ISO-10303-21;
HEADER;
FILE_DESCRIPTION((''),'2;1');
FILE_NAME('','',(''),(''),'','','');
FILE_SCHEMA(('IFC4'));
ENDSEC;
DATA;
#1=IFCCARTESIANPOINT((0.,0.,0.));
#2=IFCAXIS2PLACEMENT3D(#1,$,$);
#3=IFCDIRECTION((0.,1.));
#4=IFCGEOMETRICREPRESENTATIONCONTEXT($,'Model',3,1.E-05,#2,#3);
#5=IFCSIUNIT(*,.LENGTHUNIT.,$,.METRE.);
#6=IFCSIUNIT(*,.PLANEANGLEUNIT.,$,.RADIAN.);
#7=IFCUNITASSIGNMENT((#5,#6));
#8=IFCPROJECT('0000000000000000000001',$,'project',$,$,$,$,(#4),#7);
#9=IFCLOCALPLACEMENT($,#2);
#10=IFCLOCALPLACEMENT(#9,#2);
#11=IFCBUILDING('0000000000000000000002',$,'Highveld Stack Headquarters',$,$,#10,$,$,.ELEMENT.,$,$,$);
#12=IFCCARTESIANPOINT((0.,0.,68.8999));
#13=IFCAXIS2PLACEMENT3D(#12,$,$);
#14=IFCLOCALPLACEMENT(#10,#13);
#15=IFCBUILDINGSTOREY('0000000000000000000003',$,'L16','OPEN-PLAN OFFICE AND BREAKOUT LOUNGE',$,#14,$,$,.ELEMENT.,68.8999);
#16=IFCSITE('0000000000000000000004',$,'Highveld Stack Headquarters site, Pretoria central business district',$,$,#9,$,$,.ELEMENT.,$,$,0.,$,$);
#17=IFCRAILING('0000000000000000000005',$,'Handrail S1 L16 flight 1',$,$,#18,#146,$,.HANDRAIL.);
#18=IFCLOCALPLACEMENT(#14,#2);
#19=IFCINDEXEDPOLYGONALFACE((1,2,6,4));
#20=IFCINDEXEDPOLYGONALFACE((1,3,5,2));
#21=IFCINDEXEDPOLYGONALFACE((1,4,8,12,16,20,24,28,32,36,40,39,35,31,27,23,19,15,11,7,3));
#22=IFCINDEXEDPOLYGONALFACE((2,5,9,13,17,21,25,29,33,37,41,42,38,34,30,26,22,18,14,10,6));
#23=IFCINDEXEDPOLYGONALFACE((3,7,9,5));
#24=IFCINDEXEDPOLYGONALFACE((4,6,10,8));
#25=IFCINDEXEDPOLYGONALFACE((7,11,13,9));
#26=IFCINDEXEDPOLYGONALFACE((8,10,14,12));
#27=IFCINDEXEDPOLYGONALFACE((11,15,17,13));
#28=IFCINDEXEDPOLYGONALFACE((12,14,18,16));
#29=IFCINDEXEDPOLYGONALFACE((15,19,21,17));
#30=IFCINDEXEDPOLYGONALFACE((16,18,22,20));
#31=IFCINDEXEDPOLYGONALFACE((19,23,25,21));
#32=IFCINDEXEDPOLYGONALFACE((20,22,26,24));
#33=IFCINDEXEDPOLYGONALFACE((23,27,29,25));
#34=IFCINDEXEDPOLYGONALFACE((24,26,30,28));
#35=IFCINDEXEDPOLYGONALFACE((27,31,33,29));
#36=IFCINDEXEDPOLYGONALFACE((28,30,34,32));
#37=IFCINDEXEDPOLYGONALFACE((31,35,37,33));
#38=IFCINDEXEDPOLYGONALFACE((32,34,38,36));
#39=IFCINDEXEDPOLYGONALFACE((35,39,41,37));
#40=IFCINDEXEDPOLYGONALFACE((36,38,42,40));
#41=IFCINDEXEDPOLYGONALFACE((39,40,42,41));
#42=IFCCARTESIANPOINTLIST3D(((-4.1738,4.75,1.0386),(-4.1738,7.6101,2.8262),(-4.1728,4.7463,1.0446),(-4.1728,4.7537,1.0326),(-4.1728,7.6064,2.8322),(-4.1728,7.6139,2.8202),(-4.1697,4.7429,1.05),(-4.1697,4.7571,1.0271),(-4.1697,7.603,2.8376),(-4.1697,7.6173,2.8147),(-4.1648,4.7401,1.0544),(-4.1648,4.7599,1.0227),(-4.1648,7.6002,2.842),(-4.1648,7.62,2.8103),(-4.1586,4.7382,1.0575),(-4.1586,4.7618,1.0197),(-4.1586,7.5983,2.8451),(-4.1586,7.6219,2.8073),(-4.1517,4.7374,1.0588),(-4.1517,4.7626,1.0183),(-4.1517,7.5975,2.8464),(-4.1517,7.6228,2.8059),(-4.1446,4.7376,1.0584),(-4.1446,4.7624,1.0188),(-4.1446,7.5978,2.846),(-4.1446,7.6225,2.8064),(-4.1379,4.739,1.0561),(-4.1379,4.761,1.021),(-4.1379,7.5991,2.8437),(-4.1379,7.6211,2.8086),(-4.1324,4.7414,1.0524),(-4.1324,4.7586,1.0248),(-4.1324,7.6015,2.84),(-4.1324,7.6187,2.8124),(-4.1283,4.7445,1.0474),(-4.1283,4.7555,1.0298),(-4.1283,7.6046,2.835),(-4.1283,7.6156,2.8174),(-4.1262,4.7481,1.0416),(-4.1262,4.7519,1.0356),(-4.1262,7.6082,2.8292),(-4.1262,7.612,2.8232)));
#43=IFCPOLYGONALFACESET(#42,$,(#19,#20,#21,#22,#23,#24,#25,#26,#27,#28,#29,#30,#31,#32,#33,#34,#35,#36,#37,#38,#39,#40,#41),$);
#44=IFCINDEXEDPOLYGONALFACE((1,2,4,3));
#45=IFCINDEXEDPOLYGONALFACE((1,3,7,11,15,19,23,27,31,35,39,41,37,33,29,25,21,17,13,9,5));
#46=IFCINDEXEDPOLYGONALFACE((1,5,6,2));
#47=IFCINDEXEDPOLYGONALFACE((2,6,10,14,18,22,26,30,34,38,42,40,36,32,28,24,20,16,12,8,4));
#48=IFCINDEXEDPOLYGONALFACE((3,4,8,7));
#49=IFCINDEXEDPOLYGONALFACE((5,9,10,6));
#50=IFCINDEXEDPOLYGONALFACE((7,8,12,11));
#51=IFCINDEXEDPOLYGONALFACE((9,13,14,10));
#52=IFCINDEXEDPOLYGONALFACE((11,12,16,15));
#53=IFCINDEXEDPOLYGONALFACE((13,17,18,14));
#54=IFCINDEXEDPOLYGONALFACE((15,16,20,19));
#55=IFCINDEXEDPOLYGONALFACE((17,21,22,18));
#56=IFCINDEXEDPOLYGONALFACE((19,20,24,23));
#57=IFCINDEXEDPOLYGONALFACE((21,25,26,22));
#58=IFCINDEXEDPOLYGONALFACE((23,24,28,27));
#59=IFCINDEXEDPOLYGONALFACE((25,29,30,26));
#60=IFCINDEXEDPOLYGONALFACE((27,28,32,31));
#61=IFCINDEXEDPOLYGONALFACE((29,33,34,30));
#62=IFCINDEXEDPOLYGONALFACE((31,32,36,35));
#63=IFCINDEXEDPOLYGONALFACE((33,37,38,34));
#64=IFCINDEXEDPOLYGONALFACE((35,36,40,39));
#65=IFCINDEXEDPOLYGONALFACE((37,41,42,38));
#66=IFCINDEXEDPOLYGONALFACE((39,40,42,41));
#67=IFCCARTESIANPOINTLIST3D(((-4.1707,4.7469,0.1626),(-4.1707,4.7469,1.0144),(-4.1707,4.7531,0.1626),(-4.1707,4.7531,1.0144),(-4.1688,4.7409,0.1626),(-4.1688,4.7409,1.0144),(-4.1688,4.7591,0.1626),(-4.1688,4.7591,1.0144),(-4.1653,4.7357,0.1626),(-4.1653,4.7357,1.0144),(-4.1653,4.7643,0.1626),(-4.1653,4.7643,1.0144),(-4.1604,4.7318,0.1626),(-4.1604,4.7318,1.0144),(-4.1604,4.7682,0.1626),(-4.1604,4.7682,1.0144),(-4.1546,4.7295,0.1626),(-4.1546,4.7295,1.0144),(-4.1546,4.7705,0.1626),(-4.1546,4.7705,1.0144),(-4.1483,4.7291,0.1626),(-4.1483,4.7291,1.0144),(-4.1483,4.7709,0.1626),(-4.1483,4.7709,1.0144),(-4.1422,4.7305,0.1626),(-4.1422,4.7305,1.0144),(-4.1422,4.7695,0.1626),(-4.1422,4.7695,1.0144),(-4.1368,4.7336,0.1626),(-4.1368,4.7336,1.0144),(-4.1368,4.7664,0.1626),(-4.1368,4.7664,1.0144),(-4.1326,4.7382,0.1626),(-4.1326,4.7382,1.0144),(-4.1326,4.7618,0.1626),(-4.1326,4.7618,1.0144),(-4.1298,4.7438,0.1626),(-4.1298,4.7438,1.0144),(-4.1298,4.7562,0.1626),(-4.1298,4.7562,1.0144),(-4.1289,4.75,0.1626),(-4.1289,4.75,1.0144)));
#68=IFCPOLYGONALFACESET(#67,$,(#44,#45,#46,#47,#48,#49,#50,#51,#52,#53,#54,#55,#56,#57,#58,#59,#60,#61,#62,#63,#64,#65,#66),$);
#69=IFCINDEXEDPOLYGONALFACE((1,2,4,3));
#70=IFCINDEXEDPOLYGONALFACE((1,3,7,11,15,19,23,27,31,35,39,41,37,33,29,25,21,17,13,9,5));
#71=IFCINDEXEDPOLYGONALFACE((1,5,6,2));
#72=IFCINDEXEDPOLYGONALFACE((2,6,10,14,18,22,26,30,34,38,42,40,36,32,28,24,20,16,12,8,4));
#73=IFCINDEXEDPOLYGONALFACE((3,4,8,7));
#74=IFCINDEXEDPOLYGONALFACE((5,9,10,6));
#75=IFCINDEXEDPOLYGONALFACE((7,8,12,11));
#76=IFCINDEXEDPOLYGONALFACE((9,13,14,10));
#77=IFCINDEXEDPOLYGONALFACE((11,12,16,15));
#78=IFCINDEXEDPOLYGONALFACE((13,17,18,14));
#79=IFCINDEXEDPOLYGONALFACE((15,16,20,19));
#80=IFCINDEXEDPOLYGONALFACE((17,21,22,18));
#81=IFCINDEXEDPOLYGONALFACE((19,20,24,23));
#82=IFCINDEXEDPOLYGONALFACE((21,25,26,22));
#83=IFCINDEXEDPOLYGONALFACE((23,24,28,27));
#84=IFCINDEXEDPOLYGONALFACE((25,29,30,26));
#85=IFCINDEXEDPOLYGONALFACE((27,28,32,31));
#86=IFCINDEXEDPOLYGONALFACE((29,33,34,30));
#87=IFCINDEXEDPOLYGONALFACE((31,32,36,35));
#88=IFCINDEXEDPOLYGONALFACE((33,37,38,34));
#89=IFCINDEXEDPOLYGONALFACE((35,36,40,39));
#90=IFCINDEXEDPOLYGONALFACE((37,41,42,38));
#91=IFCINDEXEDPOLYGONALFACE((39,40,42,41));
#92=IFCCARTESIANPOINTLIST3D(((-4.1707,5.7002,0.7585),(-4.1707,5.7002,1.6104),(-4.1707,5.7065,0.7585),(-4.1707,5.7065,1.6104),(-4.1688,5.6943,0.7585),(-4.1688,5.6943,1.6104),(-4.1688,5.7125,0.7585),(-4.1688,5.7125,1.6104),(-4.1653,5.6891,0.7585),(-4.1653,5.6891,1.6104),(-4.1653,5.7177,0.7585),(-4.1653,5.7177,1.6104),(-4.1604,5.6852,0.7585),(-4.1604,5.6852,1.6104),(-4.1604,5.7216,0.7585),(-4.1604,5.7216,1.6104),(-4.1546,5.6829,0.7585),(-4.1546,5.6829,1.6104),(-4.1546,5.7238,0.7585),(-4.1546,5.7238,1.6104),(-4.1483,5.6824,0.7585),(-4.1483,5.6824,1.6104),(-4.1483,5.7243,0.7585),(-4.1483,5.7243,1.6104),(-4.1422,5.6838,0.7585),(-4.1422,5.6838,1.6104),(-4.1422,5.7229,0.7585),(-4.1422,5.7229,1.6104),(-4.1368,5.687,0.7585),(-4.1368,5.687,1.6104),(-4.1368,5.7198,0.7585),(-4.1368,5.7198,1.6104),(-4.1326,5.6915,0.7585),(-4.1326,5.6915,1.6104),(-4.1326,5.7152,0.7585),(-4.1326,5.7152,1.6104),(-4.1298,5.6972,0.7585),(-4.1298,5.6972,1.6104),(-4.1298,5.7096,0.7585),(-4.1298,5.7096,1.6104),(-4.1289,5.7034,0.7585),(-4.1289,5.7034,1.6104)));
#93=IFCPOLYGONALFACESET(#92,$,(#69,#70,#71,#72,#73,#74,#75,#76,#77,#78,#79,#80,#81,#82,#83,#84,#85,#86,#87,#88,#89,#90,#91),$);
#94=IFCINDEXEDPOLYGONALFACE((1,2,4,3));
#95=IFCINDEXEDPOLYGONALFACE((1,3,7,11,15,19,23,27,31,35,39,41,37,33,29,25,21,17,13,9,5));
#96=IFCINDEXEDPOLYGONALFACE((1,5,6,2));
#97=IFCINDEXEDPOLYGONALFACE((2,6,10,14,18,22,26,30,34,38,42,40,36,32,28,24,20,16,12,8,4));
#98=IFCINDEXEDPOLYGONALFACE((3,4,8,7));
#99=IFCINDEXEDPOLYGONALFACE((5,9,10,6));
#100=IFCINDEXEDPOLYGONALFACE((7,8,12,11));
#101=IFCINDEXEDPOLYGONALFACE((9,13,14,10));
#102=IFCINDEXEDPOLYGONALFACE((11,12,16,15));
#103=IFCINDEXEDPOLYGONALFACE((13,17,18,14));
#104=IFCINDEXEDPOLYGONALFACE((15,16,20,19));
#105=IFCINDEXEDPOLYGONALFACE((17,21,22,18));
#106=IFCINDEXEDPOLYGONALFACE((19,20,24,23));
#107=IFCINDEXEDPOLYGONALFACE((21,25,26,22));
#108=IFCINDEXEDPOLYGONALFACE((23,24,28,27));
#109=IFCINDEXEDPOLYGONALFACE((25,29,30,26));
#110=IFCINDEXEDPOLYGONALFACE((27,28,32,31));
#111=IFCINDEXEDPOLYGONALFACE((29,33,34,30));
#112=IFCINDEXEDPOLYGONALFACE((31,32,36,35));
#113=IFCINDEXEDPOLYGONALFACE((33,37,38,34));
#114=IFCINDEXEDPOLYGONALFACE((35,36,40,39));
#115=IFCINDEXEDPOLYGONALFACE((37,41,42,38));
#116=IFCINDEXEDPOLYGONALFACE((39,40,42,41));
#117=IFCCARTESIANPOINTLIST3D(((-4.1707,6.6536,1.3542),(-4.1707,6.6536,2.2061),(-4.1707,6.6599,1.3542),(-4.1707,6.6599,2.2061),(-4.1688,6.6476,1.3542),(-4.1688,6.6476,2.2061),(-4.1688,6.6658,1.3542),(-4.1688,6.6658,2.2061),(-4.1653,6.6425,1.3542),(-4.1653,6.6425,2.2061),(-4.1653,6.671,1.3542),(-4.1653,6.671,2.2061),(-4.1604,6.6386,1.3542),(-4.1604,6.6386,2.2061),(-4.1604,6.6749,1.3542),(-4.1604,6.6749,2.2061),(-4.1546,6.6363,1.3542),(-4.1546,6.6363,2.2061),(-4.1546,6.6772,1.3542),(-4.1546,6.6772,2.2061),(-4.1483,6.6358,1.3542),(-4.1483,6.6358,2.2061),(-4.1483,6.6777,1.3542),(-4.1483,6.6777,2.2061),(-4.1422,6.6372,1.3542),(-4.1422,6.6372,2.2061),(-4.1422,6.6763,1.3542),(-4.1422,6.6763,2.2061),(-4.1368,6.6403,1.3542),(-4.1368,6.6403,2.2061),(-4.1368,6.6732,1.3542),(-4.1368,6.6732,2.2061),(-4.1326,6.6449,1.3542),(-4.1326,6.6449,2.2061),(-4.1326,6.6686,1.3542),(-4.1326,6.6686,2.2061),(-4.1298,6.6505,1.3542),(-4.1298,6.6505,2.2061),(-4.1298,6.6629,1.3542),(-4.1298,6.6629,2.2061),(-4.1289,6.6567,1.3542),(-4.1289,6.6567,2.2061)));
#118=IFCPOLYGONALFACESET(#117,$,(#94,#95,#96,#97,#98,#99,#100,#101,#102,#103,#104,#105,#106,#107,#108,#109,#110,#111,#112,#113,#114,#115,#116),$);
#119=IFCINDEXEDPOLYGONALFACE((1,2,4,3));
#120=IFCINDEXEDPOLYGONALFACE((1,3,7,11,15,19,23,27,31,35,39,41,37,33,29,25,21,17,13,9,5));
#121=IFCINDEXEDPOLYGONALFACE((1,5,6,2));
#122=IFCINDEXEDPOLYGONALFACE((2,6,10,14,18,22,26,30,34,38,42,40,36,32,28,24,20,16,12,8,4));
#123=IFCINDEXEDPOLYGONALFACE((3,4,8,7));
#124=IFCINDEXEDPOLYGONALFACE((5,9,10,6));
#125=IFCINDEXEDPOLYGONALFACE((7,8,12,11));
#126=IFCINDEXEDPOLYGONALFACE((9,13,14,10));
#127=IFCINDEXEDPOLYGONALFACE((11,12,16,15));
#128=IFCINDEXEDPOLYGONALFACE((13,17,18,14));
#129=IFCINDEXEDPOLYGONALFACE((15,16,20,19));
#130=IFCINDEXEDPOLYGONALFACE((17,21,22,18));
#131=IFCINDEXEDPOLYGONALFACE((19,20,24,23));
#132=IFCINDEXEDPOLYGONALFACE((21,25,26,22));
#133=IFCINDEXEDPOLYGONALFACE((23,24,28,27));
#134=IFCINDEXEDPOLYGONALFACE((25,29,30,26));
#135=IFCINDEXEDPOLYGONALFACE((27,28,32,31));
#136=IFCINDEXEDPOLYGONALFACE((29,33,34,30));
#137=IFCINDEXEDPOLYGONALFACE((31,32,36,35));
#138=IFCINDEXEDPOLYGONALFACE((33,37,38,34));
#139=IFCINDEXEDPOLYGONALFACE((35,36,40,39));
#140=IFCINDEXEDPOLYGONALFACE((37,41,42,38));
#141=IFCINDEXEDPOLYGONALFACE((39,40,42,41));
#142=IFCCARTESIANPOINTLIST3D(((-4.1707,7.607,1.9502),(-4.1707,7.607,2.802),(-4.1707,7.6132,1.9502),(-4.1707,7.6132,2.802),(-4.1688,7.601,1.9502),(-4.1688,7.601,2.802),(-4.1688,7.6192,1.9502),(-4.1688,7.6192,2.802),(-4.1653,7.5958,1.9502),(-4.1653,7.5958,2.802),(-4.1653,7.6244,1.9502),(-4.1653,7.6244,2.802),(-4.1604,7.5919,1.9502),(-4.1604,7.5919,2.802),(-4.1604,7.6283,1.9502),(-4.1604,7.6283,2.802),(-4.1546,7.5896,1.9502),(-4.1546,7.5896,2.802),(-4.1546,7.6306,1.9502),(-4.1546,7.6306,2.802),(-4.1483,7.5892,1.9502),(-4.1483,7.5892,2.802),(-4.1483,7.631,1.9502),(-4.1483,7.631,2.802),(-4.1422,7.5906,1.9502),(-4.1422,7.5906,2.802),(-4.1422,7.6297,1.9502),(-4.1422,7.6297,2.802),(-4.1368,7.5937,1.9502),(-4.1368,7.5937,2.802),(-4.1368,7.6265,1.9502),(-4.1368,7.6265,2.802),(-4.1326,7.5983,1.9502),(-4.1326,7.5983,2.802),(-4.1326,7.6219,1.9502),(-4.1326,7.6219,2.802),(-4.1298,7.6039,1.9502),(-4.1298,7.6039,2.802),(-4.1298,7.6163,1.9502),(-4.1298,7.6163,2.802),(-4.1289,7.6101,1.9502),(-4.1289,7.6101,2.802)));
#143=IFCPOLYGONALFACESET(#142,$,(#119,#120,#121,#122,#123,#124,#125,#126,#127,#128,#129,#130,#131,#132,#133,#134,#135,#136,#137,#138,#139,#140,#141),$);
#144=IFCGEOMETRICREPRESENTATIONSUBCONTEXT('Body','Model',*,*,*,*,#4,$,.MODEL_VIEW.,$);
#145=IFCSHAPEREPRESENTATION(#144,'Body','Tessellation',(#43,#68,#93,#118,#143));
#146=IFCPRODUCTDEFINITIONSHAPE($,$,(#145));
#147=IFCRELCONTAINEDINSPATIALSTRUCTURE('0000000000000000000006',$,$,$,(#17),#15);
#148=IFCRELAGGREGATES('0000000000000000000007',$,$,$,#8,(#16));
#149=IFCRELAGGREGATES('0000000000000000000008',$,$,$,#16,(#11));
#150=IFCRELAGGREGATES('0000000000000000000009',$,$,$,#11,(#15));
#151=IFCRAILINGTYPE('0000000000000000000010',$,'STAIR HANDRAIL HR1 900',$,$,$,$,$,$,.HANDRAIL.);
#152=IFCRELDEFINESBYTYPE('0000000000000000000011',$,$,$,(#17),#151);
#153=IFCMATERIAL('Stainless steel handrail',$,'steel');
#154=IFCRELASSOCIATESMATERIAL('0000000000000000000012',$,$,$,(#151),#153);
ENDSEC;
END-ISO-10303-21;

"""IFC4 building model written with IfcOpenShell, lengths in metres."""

from ifc_helpers import new_model, si_unit, direction, frame, origin, origin_2d, place, context, subcontext, project, spatial, circle, extrude, material, type_object, element, save


model = new_model("IFC4")

# Units and contexts
model_context = context("Model", 3, precision=1e-05, world=origin(), true_north=direction((0.0, 1.0)))
body_context = subcontext(model_context, "Body", "Model", "MODEL_VIEW")
ifc_project = project(units=[si_unit("LENGTHUNIT", "METRE"), si_unit("PLANEANGLEUNIT", "RADIAN")], contexts=[model_context])

# Site, building, storey
site_placement = place(None, origin())
site = spatial("IfcSite", under=ifc_project, at=site_placement, Name="Highveld Stack Headquarters site, Pretoria central business district", CompositionType="ELEMENT", RefElevation=0.0)
building_placement = place(site_placement, origin())
building = spatial("IfcBuilding", under=site, at=building_placement, Name="Highveld Stack Headquarters", CompositionType="ELEMENT")
storey_placement = place(building_placement, frame((0.0, 0.0, 68.8999)))
storey = spatial("IfcBuildingStorey", under=building, at=storey_placement, Name="L16", Description="OPEN-PLAN OFFICE AND BREAKOUT LOUNGE", CompositionType="ELEMENT", Elevation=68.8999)

# Railing
ifc_material_1 = material(Name="Stainless steel handrail", Category="steel")
railing_type = type_object("IfcRailingType", Name="STAIR HANDRAIL HR1 900", PredefinedType="HANDRAIL", material=ifc_material_1)
for number, where, name in (
    (1, (-4.1499, 4.75, 0.1626), "Handrail S1 L16 flight 1"),
):
    element("IfcRailing", number, at=place(storey_placement, frame(where)), inside=storey, type_object=railing_type, Name=name, PredefinedType="HANDRAIL", context=body_context, shape_type="SweptSolid", body=[
        extrude(circle(Radius=0.0239, at=origin_2d()), frame((0.0, 0.0, 0.876), z_axis=(0.0, 0.847994, 0.530005), x_axis=(-1.0, 0.0, 0.0)), (0.0, 0.0, 1.0), 3.3728),
        extrude(circle(Radius=0.021, at=origin_2d()), origin(), (0.0, 0.0, 1.0), 0.8518),
        extrude(circle(Radius=0.021, at=origin_2d()), frame((0.0, 0.9534, 0.5959)), (0.0, 0.0, 1.0), 0.8518),
        extrude(circle(Radius=0.021, at=origin_2d()), frame((0.0, 1.9067, 1.1917)), (0.0, 0.0, 1.0), 0.8518),
        extrude(circle(Radius=0.021, at=origin_2d()), frame((0.0, 2.8601, 1.7876)), (0.0, 0.0, 1.0), 0.8518),
    ])

save(model, "model.ifc")
